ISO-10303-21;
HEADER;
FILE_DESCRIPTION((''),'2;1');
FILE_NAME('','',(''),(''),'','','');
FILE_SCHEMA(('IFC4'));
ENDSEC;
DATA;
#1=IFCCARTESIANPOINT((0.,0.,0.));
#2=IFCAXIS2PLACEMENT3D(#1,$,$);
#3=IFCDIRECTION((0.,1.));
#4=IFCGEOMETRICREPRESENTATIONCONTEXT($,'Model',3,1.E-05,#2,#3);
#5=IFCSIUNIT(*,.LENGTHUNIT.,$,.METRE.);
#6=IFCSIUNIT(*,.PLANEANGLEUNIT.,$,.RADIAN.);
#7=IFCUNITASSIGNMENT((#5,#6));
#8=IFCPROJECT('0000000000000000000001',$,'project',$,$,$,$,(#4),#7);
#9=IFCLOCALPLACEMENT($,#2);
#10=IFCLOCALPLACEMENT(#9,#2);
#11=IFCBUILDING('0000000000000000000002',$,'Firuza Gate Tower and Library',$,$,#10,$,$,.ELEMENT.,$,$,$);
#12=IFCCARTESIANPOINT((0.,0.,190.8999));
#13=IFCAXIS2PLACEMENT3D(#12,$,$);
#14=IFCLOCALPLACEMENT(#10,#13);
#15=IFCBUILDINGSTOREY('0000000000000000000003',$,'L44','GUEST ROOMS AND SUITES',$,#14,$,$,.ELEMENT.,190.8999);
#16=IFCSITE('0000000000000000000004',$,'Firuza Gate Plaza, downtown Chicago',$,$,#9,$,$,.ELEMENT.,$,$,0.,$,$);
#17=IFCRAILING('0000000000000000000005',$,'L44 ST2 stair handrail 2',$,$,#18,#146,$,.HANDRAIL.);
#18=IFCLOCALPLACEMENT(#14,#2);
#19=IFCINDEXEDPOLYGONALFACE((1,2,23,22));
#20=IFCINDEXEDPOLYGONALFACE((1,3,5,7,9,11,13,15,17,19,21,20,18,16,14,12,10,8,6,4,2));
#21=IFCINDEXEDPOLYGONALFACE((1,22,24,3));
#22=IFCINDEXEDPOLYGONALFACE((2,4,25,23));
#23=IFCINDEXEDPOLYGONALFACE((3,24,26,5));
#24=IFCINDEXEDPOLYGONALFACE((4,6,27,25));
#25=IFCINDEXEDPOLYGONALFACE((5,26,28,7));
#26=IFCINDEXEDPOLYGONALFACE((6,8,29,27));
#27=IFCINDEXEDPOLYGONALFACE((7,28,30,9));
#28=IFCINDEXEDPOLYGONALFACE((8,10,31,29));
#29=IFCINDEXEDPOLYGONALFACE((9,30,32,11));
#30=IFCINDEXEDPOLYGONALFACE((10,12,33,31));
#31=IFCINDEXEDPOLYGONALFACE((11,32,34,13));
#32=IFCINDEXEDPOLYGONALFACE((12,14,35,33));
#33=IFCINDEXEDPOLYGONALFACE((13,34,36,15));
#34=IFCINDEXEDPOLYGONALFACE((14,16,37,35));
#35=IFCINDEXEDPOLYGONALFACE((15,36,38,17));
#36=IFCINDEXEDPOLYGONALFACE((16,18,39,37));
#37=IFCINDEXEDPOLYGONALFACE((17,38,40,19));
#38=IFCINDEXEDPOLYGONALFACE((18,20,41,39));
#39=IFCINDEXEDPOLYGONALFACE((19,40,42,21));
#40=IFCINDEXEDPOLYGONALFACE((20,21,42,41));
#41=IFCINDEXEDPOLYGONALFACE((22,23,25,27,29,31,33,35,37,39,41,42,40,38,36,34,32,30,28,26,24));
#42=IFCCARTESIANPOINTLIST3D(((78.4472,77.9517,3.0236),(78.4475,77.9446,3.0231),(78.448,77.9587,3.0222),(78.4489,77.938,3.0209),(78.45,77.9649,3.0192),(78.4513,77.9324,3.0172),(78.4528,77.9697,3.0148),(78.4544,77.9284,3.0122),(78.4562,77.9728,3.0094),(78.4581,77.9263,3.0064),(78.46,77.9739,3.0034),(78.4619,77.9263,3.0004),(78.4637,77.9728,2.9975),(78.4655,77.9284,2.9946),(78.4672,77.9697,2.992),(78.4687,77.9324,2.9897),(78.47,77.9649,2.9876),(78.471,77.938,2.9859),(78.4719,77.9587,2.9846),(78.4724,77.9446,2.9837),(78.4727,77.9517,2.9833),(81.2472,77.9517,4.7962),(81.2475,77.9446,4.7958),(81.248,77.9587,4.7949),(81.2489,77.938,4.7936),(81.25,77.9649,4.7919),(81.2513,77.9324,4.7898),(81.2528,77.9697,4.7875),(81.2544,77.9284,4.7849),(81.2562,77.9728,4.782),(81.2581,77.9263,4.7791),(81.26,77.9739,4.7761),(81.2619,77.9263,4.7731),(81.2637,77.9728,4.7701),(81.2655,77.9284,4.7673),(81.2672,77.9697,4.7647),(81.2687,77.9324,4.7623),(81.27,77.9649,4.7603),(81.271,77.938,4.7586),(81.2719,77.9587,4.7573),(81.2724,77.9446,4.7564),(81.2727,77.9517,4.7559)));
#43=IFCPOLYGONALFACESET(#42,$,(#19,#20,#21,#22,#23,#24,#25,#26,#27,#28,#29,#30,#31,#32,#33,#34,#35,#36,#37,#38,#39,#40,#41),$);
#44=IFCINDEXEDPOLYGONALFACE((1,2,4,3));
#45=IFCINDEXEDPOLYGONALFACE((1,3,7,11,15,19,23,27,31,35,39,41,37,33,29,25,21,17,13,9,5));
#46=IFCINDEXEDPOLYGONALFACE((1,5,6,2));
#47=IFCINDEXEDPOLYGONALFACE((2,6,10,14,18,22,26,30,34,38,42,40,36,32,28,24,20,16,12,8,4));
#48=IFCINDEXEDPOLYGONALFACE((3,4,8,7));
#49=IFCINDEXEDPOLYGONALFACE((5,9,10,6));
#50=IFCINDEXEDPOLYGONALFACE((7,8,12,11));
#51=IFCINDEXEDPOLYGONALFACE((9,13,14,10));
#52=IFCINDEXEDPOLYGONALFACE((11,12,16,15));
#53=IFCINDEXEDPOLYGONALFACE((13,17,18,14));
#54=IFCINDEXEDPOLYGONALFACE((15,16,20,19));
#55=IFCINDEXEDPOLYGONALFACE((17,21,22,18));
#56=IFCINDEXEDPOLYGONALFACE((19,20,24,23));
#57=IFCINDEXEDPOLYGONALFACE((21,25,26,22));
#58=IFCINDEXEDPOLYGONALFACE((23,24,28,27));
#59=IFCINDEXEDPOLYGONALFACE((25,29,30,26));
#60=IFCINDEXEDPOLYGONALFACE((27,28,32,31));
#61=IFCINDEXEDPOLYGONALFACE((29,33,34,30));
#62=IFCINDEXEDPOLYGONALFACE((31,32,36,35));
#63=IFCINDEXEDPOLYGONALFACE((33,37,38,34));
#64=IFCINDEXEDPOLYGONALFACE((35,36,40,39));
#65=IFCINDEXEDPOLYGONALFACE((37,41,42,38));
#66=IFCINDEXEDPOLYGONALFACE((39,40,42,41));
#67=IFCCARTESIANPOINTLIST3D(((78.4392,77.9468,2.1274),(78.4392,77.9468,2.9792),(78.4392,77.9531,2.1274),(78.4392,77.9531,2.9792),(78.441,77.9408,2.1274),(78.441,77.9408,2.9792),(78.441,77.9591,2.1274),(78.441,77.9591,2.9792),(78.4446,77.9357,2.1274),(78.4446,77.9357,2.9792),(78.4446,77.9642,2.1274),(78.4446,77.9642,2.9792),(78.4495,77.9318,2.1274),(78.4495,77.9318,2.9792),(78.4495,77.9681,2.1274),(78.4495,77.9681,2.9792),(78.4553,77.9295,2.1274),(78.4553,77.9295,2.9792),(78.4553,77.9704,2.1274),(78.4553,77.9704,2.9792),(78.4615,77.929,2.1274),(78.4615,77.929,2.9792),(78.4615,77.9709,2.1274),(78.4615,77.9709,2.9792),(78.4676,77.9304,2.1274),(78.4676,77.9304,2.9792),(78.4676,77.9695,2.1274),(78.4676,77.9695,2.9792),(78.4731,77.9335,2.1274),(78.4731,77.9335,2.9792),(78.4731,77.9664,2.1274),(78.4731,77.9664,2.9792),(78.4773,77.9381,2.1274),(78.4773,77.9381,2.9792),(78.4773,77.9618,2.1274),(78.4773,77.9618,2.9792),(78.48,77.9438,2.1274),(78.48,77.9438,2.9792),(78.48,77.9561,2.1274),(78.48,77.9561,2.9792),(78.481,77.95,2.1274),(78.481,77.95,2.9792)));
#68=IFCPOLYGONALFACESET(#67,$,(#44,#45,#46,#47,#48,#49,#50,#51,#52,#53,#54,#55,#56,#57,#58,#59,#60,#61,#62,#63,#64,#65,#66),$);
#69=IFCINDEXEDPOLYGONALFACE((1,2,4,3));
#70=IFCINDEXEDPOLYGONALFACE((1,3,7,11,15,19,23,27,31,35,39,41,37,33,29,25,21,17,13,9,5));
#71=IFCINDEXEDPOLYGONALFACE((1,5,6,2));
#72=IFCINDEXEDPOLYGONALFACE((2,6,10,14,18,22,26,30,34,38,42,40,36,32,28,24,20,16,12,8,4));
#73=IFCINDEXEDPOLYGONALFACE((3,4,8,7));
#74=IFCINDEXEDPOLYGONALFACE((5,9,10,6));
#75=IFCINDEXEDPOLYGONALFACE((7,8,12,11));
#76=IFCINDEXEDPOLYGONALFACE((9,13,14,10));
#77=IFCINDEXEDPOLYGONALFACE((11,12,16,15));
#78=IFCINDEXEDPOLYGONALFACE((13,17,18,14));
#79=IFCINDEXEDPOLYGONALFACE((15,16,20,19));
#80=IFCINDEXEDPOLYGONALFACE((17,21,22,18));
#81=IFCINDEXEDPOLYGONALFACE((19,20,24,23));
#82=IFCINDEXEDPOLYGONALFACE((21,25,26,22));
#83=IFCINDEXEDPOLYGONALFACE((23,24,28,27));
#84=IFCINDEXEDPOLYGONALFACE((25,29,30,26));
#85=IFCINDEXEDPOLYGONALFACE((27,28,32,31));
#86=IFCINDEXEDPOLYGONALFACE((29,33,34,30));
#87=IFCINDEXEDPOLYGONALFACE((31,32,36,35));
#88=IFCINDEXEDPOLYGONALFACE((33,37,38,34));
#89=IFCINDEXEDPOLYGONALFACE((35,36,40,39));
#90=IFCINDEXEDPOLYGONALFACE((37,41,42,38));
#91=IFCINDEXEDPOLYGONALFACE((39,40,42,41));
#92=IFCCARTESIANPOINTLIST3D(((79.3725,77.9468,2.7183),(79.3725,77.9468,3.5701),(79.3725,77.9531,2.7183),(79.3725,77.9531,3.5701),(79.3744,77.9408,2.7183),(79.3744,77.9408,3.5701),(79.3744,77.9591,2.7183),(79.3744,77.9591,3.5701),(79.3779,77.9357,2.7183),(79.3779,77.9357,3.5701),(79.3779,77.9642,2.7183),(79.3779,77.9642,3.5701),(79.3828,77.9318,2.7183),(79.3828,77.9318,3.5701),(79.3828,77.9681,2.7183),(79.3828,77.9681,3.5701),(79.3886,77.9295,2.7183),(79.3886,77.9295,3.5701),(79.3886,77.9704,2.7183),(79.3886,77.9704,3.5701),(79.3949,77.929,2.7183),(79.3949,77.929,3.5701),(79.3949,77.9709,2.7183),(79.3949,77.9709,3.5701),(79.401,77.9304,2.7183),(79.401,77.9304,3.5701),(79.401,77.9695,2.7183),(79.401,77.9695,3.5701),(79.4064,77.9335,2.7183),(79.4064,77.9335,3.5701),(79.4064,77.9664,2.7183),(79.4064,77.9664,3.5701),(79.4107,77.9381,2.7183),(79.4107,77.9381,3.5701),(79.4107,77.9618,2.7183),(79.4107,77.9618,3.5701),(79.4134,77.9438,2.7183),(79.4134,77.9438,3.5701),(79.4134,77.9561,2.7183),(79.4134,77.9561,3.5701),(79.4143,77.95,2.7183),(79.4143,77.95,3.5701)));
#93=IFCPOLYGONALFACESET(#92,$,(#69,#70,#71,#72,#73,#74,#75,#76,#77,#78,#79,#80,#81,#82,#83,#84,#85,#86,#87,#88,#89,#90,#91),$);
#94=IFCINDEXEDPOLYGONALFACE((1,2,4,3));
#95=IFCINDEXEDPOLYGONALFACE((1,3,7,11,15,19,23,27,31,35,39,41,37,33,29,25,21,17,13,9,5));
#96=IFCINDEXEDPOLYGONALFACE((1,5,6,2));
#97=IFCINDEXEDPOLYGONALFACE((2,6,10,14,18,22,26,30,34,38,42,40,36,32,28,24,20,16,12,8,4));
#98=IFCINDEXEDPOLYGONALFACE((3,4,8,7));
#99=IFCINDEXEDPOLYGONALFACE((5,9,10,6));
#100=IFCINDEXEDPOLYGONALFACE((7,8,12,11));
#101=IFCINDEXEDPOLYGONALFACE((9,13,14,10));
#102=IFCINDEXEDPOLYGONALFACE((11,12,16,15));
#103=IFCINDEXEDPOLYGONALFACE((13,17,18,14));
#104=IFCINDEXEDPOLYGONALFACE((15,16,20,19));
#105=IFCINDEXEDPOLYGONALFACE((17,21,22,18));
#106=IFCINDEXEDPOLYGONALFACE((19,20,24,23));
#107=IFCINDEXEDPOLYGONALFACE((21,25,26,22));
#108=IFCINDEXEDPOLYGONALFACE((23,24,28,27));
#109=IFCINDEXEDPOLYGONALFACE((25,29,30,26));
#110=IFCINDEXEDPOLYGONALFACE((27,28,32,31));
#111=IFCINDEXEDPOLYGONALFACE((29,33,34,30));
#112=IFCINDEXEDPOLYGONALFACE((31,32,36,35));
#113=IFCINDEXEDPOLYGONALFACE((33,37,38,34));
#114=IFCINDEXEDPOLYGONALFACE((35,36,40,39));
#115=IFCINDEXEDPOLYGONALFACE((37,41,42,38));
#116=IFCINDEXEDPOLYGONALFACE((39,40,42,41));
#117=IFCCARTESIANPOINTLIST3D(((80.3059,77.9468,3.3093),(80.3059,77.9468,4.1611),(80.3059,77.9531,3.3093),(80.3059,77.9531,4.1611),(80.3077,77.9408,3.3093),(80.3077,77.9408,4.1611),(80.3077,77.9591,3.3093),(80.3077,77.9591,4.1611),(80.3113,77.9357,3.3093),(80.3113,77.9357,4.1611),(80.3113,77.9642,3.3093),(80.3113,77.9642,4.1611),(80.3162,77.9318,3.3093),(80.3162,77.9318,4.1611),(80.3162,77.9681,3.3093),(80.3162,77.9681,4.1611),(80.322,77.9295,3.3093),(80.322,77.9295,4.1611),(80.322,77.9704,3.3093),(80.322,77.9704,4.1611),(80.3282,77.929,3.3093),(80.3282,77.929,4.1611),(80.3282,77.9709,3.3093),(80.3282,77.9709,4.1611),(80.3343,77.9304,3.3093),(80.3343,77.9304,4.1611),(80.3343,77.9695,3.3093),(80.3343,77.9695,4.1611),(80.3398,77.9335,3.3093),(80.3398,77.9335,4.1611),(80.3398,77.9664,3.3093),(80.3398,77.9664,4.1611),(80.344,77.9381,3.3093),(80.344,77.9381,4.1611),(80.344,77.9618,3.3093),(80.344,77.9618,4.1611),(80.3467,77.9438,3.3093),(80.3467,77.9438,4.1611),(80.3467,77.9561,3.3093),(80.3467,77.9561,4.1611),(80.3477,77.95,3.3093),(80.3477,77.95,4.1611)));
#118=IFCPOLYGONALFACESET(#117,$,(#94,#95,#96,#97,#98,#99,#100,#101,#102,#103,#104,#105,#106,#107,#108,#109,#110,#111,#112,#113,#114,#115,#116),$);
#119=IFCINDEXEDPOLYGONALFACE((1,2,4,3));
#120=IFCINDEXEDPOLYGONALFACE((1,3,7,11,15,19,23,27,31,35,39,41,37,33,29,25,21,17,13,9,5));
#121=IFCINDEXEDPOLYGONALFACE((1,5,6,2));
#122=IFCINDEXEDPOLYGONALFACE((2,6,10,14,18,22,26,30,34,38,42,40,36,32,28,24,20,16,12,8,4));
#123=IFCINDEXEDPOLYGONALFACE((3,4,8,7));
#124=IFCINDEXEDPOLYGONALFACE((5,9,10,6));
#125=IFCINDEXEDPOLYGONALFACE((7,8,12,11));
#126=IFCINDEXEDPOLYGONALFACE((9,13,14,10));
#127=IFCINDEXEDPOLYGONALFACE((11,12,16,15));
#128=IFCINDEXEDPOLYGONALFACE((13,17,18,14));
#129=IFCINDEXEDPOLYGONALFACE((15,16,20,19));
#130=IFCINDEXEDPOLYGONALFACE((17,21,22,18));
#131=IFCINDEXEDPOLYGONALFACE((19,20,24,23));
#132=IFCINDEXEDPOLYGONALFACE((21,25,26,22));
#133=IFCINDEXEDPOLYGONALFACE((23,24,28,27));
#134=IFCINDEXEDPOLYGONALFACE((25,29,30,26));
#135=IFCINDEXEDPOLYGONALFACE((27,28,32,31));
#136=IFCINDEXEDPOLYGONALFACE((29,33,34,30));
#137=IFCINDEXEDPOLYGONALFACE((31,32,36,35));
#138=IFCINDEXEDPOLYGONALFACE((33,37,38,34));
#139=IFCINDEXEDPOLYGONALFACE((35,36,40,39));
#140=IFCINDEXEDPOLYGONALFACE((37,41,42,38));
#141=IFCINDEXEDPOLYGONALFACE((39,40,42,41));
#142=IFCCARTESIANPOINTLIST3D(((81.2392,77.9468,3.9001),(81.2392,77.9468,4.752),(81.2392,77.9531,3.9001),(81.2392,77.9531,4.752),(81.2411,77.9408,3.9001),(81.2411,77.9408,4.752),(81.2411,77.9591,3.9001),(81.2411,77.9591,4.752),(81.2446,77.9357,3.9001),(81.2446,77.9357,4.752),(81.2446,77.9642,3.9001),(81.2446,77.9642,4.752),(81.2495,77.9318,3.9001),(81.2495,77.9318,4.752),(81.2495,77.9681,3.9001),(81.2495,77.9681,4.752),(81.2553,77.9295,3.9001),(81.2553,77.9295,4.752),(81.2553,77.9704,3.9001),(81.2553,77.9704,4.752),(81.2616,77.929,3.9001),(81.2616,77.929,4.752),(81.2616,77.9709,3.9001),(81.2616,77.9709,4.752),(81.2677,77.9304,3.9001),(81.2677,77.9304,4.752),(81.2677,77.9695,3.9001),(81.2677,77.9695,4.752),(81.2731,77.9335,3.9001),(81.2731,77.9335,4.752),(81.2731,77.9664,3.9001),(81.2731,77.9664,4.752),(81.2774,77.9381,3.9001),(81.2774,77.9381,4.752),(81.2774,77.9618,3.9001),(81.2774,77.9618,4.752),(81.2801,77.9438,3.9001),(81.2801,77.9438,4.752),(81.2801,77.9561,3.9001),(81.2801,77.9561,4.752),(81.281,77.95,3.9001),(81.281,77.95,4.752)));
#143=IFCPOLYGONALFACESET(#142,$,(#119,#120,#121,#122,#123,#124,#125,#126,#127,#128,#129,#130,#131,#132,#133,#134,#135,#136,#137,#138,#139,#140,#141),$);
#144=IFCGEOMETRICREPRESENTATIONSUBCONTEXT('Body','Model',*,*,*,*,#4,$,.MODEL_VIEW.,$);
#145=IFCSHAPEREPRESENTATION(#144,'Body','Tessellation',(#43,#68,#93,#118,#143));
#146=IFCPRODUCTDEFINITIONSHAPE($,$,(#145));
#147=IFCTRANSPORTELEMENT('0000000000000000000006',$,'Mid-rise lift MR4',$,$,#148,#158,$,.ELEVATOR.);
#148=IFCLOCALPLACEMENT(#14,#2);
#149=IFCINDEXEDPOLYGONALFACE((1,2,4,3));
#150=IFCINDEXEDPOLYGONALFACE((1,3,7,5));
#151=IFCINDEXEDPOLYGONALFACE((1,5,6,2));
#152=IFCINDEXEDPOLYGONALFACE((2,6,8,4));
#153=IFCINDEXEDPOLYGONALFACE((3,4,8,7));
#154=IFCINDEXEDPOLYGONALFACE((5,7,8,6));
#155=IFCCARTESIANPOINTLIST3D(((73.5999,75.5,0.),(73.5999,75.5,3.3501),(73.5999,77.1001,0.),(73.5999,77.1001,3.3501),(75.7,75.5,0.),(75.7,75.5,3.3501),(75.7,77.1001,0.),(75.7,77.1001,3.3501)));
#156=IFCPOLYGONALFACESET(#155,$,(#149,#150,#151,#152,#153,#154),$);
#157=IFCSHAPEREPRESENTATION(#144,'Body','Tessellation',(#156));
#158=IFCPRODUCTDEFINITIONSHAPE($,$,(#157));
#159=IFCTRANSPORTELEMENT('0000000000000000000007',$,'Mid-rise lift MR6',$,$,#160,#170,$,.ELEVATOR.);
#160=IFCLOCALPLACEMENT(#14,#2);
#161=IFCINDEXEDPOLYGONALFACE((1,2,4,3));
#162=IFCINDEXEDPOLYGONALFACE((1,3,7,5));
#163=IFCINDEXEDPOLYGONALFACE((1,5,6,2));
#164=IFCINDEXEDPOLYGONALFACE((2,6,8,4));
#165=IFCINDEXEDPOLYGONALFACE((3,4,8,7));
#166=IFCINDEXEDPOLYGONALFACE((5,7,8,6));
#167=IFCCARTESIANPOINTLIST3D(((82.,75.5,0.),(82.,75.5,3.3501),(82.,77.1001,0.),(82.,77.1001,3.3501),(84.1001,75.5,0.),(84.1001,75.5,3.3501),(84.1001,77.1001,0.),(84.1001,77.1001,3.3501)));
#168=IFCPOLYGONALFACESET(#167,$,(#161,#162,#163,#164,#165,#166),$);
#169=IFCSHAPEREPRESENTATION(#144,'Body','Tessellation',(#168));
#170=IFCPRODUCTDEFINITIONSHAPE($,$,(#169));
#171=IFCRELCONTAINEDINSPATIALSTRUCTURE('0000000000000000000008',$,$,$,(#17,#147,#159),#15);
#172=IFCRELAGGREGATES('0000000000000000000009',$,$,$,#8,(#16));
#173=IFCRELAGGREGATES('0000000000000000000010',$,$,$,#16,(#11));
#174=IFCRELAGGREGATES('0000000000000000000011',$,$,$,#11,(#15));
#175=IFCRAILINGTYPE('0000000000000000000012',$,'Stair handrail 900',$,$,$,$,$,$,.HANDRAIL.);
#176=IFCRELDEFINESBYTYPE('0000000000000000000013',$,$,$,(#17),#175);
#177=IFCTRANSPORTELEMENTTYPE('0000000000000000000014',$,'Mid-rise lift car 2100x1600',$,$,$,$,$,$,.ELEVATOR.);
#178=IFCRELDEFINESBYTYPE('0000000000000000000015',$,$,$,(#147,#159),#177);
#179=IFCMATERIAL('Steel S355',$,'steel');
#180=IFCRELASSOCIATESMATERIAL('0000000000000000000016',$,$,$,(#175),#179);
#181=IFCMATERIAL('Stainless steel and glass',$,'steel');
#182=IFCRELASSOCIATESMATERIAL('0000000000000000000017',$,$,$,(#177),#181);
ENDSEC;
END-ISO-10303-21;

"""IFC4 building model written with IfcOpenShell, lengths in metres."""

from ifc_helpers import new_model, si_unit, direction, frame, origin, origin_2d, place, context, subcontext, project, spatial, rectangle, circle, extrude, material, type_object, element, save


model = new_model("IFC4")

# Units and contexts
model_context = context("Model", 3, precision=1e-05, world=origin(), true_north=direction((0.0, 1.0)))
body_context = subcontext(model_context, "Body", "Model", "MODEL_VIEW")
ifc_project = project(units=[si_unit("LENGTHUNIT", "METRE"), si_unit("PLANEANGLEUNIT", "RADIAN")], contexts=[model_context])

# Site, building, storey
site_placement = place(None, origin())
site = spatial("IfcSite", under=ifc_project, at=site_placement, Name="Firuza Gate Plaza, downtown Chicago", CompositionType="ELEMENT", RefElevation=0.0)
building_placement = place(site_placement, origin())
building = spatial("IfcBuilding", under=site, at=building_placement, Name="Firuza Gate Tower and Library", CompositionType="ELEMENT")
storey_placement = place(building_placement, frame((0.0, 0.0, 190.8999)))
storey = spatial("IfcBuildingStorey", under=building, at=storey_placement, Name="L44", Description="GUEST ROOMS AND SUITES", CompositionType="ELEMENT", Elevation=190.8999)

# Railing
ifc_material_1 = material(Name="Steel S355", Category="steel")
railing_type_1 = type_object("IfcRailingType", Name="Stair handrail 900", PredefinedType="HANDRAIL", material=ifc_material_1)
railing_1_placement = place(storey_placement, frame((78.46, 77.95, 2.1274)))
element("IfcRailing", 1, at=railing_1_placement, inside=storey, type_object=railing_type_1, Name="L44 ST2 stair handrail 2", PredefinedType="HANDRAIL", context=body_context, shape_type="SweptSolid", body=[
    extrude(circle(Radius=0.0239, at=origin_2d()), frame((0.0, 0.0, 0.876), z_axis=(0.844909, 0.0, 0.53491), x_axis=(0.0, 1.0, 0.0)), (0.0, 0.0, 1.0), 3.314),
    extrude(circle(Radius=0.021, at=origin_2d()), origin(), (0.0, 0.0, 1.0), 0.8518),
    extrude(circle(Radius=0.021, at=origin_2d()), frame((0.9333, 0.0, 0.5908)), (0.0, 0.0, 1.0), 0.8518),
    extrude(circle(Radius=0.021, at=origin_2d()), frame((1.8667, 0.0, 1.1819)), (0.0, 0.0, 1.0), 0.8518),
    extrude(circle(Radius=0.021, at=origin_2d()), frame((2.8, 0.0, 1.7727)), (0.0, 0.0, 1.0), 0.8518),
])

# Transport elements
ifc_material_2 = material(Name="Stainless steel and glass", Category="steel")
transport_element_type = type_object("IfcTransportElementType", Name="Mid-rise lift car 2100x1600", PredefinedType="ELEVATOR", material=ifc_material_2)
for number, where, z_axis, x_axis, name in (
    (2, (74.6499, 76.3, 0.0), (0.0, 0.0, 1.0), (1.0, 0.0, 0.0), "Mid-rise lift MR4"),
    (3, (83.05, 76.3, 0.0), (0.0, 0.0, 1.0), (1.0, 0.0, 0.0), "Mid-rise lift MR6"),
):
    element("IfcTransportElement", number, at=place(storey_placement, frame(where, z_axis=z_axis, x_axis=x_axis)), inside=storey, type_object=transport_element_type, Name=name, PredefinedType="ELEVATOR", context=body_context, shape_type="SweptSolid", body=[
        extrude(rectangle(XDim=2.1001, YDim=1.6001, at=origin_2d()), origin(), (0.0, 0.0, 1.0), 3.3501),
    ])

save(model, "model.ifc")
